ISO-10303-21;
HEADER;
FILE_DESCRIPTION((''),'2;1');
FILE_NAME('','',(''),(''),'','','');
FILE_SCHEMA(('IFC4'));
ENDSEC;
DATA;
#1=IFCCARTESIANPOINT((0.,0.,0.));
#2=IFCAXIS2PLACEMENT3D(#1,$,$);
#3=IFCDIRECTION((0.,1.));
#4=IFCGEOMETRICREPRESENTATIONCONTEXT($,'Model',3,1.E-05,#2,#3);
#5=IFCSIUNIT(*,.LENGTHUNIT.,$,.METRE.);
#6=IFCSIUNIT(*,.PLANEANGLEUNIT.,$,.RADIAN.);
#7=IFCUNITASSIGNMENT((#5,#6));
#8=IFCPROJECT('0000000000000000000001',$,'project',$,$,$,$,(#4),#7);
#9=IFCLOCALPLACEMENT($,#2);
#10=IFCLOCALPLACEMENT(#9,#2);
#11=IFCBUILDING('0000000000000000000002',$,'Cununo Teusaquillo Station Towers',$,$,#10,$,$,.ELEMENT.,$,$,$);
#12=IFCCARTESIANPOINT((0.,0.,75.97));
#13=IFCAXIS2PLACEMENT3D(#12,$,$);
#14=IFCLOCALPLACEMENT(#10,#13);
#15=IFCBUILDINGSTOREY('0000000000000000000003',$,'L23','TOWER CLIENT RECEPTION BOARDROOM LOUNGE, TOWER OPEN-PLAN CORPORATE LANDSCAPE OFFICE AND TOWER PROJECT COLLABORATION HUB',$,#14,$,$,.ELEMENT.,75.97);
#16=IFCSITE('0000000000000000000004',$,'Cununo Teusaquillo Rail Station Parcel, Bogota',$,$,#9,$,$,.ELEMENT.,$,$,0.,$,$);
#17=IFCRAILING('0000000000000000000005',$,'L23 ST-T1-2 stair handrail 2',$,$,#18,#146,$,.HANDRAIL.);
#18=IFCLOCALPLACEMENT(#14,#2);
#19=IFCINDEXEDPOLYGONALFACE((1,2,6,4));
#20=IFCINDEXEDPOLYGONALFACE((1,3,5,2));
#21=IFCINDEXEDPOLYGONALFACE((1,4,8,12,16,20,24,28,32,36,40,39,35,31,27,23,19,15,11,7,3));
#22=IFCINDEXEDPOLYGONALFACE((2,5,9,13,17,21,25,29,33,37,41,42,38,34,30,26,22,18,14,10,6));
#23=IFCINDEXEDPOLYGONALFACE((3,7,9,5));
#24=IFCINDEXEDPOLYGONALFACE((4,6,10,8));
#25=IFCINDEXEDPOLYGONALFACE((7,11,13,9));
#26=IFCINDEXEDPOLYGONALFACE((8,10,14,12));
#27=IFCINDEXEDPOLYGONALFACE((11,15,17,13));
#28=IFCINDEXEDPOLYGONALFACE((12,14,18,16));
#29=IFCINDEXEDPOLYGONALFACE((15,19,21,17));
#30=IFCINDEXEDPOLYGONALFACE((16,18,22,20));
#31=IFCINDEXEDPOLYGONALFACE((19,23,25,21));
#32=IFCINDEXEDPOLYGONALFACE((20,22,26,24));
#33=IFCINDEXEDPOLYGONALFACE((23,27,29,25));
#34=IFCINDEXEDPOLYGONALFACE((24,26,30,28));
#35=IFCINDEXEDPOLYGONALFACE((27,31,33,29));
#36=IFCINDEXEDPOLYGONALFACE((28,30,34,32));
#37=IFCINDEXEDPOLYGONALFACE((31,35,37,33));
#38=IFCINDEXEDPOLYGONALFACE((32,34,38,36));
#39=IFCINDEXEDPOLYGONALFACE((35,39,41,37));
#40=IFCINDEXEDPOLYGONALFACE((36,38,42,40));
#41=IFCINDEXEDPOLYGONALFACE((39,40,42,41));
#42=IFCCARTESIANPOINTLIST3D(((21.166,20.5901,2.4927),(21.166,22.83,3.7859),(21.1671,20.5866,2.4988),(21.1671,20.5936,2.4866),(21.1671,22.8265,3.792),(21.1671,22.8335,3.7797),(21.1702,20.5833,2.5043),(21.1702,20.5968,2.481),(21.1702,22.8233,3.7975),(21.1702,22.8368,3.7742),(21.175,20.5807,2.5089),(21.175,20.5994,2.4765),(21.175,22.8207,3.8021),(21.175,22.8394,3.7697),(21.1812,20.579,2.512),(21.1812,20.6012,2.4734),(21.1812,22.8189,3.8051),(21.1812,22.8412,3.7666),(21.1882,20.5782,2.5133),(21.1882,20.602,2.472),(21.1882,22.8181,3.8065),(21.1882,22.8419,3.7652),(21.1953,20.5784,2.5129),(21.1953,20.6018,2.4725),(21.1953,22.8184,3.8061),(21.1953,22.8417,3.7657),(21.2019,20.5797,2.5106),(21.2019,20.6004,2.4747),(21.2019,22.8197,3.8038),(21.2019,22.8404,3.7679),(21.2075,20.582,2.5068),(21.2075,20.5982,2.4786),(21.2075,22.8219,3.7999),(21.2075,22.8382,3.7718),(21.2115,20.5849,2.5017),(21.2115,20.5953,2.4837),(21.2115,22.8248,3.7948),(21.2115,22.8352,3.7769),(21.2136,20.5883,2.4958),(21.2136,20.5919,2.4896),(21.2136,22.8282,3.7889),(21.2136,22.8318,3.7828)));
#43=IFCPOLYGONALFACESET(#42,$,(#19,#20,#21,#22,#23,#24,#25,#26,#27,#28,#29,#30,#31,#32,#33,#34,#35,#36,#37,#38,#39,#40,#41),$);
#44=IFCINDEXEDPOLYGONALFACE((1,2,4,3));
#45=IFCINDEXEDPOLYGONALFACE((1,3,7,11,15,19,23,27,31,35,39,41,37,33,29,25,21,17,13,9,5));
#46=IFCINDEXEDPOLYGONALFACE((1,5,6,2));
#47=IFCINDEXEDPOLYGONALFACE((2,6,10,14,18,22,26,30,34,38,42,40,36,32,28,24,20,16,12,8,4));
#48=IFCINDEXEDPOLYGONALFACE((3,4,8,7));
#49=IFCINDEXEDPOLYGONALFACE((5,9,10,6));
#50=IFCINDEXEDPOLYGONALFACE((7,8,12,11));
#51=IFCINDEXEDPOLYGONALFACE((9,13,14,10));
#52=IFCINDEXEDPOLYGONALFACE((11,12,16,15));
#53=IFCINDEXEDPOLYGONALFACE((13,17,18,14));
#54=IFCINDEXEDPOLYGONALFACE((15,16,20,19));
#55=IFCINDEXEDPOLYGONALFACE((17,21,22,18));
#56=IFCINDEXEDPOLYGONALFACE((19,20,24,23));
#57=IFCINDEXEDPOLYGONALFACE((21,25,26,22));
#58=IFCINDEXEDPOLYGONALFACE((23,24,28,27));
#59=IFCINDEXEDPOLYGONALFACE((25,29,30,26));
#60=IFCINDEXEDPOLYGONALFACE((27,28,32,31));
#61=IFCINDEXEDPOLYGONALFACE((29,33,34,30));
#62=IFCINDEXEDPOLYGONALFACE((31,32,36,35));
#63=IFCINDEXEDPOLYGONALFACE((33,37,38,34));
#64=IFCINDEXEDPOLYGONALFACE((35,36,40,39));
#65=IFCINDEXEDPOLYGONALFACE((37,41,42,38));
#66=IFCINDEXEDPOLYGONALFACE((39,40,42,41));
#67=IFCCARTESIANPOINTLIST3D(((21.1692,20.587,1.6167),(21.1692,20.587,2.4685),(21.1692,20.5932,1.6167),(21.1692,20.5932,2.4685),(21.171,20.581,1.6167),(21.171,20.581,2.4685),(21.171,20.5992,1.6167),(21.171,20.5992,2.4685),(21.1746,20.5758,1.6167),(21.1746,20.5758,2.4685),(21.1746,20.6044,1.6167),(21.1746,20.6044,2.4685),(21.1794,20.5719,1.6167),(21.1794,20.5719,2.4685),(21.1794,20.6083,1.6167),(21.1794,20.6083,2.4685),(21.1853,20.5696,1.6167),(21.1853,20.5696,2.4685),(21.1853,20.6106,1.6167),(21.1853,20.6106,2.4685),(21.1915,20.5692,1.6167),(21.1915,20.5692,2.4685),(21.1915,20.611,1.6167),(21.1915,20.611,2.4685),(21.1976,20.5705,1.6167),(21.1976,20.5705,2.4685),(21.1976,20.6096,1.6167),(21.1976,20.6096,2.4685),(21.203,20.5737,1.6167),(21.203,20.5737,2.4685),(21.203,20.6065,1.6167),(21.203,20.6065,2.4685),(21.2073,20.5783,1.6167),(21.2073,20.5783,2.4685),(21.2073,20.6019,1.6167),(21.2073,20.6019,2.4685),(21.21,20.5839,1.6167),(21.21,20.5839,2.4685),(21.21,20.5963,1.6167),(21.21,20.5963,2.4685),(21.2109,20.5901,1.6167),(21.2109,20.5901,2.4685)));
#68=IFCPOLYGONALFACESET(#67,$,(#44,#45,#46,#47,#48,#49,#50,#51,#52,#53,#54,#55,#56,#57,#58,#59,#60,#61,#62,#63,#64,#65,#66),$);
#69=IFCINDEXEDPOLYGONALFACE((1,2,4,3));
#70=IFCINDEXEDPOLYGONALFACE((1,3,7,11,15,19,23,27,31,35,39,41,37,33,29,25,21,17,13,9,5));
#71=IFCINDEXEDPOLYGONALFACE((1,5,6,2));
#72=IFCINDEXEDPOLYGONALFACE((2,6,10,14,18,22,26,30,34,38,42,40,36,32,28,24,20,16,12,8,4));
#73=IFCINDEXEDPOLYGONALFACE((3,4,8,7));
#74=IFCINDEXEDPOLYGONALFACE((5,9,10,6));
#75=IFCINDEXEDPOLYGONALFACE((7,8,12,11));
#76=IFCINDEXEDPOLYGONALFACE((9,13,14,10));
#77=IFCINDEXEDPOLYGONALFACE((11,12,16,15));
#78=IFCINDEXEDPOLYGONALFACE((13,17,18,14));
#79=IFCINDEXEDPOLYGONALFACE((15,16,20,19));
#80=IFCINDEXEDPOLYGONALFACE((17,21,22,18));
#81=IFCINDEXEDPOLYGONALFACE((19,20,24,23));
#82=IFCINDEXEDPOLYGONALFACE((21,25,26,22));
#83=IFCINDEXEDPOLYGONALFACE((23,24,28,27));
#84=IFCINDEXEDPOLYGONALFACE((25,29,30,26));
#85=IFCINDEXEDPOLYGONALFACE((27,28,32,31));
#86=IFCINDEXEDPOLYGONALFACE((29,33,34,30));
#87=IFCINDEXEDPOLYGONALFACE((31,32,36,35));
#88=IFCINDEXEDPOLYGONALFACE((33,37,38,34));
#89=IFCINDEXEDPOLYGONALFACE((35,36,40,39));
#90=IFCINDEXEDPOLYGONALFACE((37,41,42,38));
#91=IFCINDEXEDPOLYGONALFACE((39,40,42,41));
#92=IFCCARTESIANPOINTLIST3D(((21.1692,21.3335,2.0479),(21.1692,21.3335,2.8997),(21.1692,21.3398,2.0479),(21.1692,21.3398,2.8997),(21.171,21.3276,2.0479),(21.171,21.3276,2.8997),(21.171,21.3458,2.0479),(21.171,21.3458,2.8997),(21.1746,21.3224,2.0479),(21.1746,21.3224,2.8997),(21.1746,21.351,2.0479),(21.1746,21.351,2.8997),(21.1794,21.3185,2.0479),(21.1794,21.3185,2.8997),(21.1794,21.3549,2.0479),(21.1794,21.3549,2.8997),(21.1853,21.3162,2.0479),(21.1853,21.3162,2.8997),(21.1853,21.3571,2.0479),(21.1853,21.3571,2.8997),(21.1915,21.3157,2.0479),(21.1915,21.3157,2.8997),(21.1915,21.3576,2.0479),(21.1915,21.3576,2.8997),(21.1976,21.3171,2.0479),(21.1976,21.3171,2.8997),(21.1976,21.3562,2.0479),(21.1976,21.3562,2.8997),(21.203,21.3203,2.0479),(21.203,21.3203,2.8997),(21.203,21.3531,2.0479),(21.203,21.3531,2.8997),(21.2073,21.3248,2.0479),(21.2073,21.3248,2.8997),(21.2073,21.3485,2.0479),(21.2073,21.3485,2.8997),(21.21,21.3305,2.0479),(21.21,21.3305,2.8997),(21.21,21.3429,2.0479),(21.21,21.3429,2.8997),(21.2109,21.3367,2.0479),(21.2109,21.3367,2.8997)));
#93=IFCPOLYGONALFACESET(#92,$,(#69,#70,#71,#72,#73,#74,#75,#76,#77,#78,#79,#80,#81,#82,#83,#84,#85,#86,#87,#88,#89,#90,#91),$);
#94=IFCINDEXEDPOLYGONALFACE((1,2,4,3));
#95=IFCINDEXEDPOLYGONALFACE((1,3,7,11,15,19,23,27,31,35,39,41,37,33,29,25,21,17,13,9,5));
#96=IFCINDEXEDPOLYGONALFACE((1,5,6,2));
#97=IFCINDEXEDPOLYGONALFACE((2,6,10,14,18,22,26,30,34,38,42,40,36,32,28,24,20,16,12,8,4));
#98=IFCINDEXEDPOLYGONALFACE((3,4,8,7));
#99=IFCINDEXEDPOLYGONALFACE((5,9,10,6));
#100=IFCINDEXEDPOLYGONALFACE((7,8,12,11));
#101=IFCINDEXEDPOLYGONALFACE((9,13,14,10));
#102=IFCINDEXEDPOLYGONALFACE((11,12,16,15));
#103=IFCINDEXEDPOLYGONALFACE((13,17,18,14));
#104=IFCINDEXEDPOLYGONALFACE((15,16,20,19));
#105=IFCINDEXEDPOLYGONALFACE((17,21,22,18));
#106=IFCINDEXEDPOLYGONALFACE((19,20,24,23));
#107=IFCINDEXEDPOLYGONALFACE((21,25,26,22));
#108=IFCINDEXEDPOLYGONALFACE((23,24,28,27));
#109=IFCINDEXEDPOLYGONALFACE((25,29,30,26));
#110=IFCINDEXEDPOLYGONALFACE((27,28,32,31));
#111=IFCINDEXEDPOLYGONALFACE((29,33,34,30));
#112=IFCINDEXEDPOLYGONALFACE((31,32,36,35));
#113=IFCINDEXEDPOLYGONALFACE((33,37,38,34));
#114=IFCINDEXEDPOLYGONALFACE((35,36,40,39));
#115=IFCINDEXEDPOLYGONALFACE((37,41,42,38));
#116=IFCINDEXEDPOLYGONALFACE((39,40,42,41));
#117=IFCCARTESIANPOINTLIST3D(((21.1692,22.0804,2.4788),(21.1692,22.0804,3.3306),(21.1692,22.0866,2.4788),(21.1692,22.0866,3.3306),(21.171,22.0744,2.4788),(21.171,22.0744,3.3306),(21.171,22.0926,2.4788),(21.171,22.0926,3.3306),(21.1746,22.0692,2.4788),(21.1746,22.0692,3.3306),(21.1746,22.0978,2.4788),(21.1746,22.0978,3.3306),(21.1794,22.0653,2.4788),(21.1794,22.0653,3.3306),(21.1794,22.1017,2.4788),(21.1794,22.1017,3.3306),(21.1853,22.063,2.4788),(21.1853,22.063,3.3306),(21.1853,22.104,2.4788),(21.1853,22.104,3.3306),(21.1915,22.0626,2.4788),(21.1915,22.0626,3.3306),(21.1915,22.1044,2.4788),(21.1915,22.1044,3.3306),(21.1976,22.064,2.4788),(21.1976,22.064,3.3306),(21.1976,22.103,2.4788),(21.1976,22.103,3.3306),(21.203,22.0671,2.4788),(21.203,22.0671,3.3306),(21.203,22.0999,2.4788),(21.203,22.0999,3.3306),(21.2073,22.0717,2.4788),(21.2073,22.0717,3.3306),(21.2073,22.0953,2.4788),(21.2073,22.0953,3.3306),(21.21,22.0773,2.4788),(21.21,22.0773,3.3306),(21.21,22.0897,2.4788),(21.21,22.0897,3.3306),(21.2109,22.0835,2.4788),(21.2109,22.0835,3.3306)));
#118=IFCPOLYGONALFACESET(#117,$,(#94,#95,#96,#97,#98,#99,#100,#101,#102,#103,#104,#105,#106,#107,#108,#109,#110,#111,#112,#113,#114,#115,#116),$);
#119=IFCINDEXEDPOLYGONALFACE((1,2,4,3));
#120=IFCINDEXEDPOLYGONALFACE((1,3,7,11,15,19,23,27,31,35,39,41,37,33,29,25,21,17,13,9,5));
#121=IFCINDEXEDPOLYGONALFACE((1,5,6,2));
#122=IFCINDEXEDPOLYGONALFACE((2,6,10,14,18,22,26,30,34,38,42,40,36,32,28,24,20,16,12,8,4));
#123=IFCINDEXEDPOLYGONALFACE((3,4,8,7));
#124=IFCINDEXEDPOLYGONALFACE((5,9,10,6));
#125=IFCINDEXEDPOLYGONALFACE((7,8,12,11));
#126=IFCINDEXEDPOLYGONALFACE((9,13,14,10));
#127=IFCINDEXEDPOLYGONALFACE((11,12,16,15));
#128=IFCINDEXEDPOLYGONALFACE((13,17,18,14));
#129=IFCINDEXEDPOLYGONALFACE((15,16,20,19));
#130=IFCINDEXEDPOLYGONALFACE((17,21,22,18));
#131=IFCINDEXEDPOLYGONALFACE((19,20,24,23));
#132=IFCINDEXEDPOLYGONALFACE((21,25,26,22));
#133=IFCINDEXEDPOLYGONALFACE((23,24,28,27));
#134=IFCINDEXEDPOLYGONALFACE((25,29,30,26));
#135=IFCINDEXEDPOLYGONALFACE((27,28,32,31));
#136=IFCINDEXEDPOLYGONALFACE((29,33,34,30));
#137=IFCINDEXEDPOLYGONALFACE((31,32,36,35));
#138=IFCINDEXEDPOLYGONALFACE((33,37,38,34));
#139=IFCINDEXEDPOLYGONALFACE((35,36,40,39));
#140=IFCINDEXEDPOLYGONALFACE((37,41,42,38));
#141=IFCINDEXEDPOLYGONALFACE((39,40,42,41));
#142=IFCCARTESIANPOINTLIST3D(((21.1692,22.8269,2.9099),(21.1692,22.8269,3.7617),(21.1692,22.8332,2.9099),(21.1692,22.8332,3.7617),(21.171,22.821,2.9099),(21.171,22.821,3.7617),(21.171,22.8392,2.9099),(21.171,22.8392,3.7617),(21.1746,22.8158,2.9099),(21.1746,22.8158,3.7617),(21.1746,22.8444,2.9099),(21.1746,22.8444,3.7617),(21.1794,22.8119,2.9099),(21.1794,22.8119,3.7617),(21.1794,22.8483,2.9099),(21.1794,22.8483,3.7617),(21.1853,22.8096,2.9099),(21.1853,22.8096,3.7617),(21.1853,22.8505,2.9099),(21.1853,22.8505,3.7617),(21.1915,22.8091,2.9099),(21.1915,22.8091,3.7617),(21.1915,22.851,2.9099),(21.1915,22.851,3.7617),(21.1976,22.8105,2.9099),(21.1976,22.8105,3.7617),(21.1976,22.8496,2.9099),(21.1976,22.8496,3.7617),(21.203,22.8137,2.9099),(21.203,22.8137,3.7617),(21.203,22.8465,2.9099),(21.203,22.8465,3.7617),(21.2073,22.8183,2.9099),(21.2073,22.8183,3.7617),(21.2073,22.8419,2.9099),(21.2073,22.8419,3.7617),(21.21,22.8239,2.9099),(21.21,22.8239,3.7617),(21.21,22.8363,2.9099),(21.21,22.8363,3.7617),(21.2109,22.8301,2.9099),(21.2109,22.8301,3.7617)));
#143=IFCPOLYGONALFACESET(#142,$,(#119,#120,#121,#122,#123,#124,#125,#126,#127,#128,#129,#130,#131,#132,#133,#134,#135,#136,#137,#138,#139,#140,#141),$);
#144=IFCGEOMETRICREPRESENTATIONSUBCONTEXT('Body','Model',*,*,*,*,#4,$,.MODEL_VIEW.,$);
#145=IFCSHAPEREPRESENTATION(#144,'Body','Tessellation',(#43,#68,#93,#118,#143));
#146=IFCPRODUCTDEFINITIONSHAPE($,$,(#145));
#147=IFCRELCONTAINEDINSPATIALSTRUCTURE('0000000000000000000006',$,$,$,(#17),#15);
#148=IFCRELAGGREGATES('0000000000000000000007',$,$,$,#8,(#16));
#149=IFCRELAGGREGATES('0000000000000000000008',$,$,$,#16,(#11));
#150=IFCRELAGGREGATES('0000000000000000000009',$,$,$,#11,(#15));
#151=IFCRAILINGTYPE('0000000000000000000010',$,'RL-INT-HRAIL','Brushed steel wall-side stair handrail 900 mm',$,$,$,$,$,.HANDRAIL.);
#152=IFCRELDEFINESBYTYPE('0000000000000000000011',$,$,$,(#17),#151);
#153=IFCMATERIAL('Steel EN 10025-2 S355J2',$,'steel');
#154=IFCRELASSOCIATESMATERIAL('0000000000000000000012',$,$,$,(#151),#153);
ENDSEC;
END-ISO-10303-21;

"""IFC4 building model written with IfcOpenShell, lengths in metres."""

from ifc_helpers import new_model, si_unit, direction, frame, origin, origin_2d, place, context, subcontext, project, spatial, circle, extrude, material, type_object, element, save


model = new_model("IFC4")

# Units and contexts
model_context = context("Model", 3, precision=1e-05, world=origin(), true_north=direction((0.0, 1.0)))
body_context = subcontext(model_context, "Body", "Model", "MODEL_VIEW")
ifc_project = project(units=[si_unit("LENGTHUNIT", "METRE"), si_unit("PLANEANGLEUNIT", "RADIAN")], contexts=[model_context])

# Site, building, storey
site_placement = place(None, origin())
site = spatial("IfcSite", under=ifc_project, at=site_placement, Name="Cununo Teusaquillo Rail Station Parcel, Bogota", CompositionType="ELEMENT", RefElevation=0.0)
building_placement = place(site_placement, origin())
building = spatial("IfcBuilding", under=site, at=building_placement, Name="Cununo Teusaquillo Station Towers", CompositionType="ELEMENT")
storey_placement = place(building_placement, frame((0.0, 0.0, 75.97)))
storey = spatial("IfcBuildingStorey", under=building, at=storey_placement, Name="L23", Description="TOWER CLIENT RECEPTION BOARDROOM LOUNGE, TOWER OPEN-PLAN CORPORATE LANDSCAPE OFFICE AND TOWER PROJECT COLLABORATION HUB", CompositionType="ELEMENT", Elevation=75.97)

# Railing
ifc_material_1 = material(Name="Steel EN 10025-2 S355J2", Category="steel")
railing_type_1 = type_object("IfcRailingType", Name="RL-INT-HRAIL", Description="Brushed steel wall-side stair handrail 900 mm", PredefinedType="HANDRAIL", material=ifc_material_1)
railing_1_placement = place(storey_placement, frame((21.1899, 20.5901, 1.6167)))
element("IfcRailing", 1, at=railing_1_placement, inside=storey, type_object=railing_type_1, Name="L23 ST-T1-2 stair handrail 2", PredefinedType="HANDRAIL", context=body_context, shape_type="SweptSolid", body=[
    extrude(circle(Radius=0.0239, at=origin_2d()), frame((0.0, 0.0, 0.876), z_axis=(0.0, 0.866033, 0.499987), x_axis=(-1.0, 0.0, 0.0)), (0.0, 0.0, 1.0), 2.5864),
    extrude(circle(Radius=0.021, at=origin_2d()), origin(), (0.0, 0.0, 1.0), 0.8518),
    extrude(circle(Radius=0.021, at=origin_2d()), frame((0.0, 0.7466, 0.4312)), (0.0, 0.0, 1.0), 0.8518),
    extrude(circle(Radius=0.021, at=origin_2d()), frame((0.0, 1.4934, 0.8621)), (0.0, 0.0, 1.0), 0.8518),
    extrude(circle(Radius=0.021, at=origin_2d()), frame((0.0, 2.24, 1.2932)), (0.0, 0.0, 1.0), 0.8518),
])

save(model, "model.ifc")
